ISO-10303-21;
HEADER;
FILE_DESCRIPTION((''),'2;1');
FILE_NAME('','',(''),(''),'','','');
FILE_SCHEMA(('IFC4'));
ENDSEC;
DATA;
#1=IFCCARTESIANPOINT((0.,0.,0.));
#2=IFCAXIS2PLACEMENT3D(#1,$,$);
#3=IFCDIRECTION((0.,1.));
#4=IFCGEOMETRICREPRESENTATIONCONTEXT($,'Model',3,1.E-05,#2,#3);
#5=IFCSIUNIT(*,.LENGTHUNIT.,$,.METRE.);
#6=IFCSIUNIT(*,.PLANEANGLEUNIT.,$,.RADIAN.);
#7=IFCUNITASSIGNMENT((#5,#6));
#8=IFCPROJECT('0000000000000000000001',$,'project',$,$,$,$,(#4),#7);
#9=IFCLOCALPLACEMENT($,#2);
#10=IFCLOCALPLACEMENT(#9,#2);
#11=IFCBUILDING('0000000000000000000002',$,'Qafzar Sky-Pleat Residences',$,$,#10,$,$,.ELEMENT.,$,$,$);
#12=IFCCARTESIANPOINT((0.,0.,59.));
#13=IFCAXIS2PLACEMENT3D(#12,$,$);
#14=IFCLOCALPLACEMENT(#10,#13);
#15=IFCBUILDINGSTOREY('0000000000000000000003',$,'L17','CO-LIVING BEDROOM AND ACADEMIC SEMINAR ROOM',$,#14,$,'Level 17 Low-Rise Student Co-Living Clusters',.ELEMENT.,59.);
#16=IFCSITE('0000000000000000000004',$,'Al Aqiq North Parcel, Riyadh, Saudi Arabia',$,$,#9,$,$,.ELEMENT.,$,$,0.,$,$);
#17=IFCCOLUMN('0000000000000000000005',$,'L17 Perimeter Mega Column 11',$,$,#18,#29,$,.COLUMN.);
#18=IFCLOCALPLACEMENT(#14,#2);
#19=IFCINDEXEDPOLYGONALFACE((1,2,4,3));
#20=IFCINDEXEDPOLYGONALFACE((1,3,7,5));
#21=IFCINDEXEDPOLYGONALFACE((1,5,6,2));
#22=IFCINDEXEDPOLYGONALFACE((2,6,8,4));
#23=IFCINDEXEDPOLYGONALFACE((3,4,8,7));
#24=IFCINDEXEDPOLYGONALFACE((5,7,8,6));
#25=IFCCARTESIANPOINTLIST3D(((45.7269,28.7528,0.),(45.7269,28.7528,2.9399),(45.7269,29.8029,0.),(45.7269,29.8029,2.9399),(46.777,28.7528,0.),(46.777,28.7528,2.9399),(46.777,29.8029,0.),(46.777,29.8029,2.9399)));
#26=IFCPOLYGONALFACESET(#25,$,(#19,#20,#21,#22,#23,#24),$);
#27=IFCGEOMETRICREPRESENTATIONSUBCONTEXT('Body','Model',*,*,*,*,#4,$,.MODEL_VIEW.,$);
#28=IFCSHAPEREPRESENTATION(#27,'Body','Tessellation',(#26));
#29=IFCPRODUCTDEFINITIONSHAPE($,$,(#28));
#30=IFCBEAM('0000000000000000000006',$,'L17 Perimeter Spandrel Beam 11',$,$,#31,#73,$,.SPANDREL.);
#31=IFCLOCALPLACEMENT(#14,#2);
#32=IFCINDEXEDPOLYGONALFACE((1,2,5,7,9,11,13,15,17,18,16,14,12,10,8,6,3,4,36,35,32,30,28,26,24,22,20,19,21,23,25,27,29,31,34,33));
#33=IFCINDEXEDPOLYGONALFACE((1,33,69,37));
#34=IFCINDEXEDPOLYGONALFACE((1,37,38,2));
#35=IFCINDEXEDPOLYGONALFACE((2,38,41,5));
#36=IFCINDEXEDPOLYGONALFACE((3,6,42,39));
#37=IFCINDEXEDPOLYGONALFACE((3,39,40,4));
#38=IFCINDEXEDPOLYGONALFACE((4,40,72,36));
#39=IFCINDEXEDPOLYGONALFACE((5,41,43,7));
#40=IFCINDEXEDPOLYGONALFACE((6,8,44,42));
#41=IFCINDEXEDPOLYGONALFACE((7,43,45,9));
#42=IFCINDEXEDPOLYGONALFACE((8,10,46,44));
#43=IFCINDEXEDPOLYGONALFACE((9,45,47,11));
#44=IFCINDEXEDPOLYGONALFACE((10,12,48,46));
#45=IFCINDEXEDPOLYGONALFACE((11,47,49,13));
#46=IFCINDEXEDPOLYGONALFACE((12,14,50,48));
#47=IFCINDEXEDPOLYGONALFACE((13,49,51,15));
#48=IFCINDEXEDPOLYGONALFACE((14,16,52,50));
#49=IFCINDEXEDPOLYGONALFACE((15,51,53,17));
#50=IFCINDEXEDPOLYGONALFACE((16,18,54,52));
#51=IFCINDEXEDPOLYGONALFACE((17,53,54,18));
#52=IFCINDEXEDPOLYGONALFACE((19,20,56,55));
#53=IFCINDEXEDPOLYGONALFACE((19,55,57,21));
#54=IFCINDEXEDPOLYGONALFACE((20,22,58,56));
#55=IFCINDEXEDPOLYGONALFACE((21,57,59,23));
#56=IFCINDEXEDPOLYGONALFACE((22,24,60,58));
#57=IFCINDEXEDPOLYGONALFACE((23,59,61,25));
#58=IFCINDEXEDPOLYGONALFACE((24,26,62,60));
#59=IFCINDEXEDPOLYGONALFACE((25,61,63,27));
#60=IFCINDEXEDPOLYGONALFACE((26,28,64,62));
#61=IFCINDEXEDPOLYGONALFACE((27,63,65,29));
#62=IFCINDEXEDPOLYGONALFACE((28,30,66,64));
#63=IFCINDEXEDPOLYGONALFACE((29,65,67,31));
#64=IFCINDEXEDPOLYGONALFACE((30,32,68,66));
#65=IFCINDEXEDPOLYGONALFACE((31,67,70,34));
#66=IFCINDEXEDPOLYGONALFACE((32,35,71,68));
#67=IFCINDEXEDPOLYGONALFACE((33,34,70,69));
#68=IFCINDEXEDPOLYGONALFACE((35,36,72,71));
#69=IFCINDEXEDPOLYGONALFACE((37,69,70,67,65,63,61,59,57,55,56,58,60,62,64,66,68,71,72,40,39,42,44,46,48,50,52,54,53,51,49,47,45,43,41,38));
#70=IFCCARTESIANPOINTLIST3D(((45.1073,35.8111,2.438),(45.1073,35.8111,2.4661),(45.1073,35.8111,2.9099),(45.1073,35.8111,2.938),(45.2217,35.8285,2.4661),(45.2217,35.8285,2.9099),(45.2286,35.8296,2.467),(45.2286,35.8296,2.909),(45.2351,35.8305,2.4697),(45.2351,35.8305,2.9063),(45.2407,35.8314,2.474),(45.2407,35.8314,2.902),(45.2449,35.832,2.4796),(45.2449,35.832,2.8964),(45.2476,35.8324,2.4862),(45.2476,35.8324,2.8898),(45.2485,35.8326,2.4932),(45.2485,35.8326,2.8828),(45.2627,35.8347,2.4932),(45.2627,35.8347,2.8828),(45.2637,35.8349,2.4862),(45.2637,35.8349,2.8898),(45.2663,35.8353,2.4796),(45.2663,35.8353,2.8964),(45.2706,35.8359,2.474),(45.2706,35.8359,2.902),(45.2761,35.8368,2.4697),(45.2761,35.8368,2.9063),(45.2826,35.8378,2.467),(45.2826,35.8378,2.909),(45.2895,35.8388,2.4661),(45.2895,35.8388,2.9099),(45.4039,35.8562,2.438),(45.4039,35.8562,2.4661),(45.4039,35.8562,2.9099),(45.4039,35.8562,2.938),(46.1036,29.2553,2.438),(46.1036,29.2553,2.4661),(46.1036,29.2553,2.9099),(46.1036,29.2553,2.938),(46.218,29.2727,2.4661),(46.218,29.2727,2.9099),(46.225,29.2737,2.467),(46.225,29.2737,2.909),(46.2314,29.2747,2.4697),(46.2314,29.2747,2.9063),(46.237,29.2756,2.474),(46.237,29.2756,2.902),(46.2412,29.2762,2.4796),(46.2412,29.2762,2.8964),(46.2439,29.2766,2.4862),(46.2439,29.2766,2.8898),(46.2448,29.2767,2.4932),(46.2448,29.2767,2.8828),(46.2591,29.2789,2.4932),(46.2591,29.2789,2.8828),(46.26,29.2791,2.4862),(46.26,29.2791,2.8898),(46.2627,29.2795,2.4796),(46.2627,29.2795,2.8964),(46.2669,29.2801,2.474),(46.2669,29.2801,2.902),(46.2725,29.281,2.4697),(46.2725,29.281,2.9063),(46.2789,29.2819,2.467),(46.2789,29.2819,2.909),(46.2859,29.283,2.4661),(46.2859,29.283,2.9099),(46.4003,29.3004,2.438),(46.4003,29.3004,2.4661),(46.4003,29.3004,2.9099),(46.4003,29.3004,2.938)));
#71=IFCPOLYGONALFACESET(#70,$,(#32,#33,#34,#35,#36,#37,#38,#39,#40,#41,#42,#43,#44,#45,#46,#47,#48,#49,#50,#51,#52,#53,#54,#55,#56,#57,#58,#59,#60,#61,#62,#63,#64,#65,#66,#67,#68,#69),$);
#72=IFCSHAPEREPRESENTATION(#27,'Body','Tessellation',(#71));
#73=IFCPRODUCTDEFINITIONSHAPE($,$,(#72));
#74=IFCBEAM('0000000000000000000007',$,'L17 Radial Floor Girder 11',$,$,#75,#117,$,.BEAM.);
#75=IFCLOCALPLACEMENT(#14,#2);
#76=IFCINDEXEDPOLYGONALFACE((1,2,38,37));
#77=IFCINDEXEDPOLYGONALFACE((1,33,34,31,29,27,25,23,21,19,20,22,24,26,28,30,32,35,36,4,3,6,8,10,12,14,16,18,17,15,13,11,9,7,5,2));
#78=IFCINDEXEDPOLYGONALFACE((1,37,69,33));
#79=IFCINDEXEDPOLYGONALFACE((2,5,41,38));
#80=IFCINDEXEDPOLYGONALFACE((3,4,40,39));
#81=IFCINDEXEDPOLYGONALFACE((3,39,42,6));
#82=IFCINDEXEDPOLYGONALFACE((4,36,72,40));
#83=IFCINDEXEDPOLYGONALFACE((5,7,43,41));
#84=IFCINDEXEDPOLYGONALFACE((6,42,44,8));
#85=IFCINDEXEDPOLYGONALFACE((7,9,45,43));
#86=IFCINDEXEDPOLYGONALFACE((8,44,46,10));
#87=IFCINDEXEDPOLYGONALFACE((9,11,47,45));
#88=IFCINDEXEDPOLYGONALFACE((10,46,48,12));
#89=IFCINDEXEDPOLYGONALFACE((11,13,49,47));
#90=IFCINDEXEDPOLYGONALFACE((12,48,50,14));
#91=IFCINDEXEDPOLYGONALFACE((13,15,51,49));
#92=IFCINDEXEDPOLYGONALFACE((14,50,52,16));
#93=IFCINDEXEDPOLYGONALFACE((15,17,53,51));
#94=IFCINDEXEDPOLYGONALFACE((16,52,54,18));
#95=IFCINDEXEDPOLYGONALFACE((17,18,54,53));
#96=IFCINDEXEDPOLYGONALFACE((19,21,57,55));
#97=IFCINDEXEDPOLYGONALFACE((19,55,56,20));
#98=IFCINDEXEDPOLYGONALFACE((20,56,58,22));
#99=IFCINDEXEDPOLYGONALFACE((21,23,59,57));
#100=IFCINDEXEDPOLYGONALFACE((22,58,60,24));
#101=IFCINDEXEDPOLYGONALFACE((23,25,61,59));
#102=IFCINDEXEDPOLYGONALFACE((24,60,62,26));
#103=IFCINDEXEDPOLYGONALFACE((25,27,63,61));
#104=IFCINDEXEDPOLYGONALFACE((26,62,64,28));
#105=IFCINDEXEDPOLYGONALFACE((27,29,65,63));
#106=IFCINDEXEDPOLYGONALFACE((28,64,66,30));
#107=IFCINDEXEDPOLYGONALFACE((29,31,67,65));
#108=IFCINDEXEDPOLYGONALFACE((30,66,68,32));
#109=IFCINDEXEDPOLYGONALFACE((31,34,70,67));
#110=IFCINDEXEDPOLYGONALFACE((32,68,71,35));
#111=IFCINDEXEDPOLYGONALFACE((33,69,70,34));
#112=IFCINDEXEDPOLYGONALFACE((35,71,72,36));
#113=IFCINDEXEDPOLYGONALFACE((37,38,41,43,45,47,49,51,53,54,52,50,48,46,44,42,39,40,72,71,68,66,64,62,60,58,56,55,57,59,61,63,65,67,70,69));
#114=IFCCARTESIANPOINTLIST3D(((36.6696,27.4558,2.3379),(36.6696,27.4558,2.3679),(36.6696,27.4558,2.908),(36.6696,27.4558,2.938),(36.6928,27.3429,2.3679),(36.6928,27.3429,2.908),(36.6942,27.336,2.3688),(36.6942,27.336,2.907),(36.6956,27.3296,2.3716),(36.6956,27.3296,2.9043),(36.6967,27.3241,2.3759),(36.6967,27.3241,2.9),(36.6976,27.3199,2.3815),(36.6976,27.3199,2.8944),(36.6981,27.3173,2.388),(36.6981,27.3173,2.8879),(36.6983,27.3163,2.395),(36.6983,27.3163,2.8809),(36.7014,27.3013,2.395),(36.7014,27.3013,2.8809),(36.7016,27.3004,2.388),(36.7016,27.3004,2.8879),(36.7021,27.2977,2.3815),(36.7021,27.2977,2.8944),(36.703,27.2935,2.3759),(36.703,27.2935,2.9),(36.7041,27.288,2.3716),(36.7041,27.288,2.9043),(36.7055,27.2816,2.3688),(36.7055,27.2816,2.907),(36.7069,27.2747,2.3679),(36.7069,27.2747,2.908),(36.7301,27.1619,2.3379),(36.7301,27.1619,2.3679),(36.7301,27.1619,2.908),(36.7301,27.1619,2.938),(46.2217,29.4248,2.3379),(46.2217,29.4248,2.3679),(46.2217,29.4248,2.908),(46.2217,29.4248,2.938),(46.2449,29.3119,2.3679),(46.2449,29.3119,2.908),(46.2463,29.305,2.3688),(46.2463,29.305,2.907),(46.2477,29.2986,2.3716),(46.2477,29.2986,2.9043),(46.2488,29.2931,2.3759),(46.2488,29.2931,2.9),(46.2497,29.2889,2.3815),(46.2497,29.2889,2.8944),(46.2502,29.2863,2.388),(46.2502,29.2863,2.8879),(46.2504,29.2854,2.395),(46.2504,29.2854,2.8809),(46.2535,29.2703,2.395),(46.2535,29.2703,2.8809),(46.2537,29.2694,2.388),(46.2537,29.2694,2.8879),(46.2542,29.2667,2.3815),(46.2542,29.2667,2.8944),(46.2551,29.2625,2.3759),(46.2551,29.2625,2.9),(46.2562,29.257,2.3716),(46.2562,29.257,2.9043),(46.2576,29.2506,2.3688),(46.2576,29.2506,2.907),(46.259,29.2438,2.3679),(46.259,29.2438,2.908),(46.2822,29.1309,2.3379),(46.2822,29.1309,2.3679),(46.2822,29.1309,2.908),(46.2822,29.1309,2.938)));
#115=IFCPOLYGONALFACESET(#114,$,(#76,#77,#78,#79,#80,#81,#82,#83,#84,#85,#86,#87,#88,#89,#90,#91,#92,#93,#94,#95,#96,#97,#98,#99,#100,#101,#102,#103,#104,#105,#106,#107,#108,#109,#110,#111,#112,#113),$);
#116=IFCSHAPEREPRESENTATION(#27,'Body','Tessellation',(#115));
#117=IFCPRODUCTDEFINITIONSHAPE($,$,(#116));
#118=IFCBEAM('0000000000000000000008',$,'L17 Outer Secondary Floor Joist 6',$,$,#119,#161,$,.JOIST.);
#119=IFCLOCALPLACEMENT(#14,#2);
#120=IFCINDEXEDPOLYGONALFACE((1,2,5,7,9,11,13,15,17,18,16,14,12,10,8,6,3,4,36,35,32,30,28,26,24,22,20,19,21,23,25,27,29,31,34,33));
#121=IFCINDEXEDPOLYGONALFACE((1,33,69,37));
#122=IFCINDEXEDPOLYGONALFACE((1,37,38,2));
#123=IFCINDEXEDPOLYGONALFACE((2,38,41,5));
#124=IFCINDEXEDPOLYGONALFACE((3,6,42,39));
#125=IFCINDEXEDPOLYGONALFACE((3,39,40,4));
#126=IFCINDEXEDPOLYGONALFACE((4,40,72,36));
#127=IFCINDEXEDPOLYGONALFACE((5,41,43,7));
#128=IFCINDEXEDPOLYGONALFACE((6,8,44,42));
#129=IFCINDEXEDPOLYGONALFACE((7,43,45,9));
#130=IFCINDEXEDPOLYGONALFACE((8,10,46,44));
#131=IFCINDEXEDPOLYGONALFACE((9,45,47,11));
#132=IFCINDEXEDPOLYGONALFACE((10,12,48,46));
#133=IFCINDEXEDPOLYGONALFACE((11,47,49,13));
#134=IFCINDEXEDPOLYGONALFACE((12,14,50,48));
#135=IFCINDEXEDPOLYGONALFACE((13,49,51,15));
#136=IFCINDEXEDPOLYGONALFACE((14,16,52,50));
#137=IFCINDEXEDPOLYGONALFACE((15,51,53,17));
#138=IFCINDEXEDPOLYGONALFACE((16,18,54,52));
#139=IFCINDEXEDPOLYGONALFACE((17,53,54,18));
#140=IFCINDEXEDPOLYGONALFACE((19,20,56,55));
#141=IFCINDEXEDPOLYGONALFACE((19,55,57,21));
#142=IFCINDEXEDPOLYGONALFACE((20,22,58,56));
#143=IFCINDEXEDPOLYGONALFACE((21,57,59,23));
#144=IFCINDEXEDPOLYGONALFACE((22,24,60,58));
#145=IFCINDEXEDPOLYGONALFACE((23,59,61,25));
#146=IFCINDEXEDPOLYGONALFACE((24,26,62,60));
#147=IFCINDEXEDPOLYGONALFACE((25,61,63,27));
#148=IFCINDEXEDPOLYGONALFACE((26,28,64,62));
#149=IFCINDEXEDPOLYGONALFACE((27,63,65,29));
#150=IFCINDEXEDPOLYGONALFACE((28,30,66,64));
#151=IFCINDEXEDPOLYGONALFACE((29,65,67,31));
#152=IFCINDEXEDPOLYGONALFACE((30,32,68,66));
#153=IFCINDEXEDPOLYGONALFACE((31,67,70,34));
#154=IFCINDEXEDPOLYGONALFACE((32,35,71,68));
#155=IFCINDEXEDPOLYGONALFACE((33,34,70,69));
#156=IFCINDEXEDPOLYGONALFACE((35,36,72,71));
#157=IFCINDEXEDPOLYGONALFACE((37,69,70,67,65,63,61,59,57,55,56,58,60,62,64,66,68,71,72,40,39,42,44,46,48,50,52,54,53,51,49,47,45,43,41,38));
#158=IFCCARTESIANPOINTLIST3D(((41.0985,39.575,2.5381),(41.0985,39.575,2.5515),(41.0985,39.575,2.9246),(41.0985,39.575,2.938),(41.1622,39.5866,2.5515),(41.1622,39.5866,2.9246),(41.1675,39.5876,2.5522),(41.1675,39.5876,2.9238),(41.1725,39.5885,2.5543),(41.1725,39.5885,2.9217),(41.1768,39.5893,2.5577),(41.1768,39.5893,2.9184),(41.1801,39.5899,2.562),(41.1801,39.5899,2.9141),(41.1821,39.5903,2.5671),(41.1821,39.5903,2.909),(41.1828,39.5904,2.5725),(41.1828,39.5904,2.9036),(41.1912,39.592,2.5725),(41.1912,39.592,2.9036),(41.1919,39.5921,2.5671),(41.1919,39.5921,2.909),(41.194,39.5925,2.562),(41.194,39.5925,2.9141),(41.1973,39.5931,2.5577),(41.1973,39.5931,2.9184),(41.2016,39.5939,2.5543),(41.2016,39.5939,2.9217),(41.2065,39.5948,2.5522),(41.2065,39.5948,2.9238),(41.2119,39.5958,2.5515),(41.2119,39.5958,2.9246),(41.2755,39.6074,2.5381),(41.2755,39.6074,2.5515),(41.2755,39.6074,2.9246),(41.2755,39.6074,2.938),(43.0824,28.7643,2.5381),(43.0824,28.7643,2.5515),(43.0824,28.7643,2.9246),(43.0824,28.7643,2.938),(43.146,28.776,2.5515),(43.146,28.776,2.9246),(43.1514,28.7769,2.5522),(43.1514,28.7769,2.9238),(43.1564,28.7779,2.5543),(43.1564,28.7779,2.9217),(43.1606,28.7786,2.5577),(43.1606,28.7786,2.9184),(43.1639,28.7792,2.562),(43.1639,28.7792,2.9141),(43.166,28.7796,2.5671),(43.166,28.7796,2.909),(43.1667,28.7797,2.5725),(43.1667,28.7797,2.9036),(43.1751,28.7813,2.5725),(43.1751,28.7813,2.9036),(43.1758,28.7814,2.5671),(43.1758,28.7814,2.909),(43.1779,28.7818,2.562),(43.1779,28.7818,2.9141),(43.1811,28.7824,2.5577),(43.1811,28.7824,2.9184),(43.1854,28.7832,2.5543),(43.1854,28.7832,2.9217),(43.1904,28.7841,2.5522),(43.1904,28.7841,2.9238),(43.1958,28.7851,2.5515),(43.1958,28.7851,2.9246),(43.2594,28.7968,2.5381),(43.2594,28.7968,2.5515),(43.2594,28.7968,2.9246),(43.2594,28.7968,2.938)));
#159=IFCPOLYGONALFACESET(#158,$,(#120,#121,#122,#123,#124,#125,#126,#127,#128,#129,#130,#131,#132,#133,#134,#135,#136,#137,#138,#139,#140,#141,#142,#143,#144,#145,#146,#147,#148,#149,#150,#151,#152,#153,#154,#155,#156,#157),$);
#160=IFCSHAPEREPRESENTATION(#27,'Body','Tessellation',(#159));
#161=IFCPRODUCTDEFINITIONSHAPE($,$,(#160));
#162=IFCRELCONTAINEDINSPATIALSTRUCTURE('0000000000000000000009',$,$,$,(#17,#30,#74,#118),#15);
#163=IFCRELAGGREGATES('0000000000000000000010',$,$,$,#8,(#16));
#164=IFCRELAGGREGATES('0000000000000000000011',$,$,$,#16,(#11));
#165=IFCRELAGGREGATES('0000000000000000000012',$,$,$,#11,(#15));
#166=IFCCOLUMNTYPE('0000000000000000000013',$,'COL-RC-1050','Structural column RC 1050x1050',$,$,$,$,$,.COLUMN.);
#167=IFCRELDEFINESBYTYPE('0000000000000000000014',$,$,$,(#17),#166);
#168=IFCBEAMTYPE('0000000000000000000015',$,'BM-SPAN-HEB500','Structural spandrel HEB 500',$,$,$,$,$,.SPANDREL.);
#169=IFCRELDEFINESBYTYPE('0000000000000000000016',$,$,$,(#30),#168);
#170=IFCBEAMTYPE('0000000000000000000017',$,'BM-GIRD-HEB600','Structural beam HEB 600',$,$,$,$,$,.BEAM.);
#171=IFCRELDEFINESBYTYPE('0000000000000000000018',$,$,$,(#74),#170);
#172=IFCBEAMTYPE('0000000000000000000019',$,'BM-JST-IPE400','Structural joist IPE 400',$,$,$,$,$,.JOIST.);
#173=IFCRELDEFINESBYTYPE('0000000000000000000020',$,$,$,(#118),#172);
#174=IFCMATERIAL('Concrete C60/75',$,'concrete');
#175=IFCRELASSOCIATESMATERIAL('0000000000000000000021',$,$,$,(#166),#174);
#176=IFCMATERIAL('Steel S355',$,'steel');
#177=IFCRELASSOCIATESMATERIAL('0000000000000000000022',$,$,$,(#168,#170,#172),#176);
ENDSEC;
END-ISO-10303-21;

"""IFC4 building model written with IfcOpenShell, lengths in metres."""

from ifc_helpers import new_model, si_unit, direction, frame, origin, origin_2d, place, context, subcontext, project, spatial, rectangle, i_section, extrude, source, transform, mapped, material, material_profile, profile_set, type_object, element, save


model = new_model("IFC4")

# Units and contexts
model_context = context("Model", 3, precision=1e-05, world=origin(), true_north=direction((0.0, 1.0)))
body_context = subcontext(model_context, "Body", "Model", "MODEL_VIEW")
ifc_project = project(units=[si_unit("LENGTHUNIT", "METRE"), si_unit("PLANEANGLEUNIT", "RADIAN")], contexts=[model_context])

# Site, building, storey
site_placement = place(None, origin())
site = spatial("IfcSite", under=ifc_project, at=site_placement, Name="Al Aqiq North Parcel, Riyadh, Saudi Arabia", CompositionType="ELEMENT", RefElevation=0.0)
building_placement = place(site_placement, origin())
building = spatial("IfcBuilding", under=site, at=building_placement, Name="Qafzar Sky-Pleat Residences", CompositionType="ELEMENT")
storey_placement = place(building_placement, frame((0.0, 0.0, 59.0)))
storey = spatial("IfcBuildingStorey", under=building, at=storey_placement, Name="L17", Description="CO-LIVING BEDROOM AND ACADEMIC SEMINAR ROOM", LongName="Level 17 Low-Rise Student Co-Living Clusters", CompositionType="ELEMENT", Elevation=59.0)

# Column
ifc_material_1 = material(Name="Concrete C60/75", Category="concrete")
ifc_material_profile_1 = material_profile(ifc_material_1, rectangle(XDim=1.05, YDim=1.05, at=origin_2d()), Name="RC 1050x1050")
ifc_profile_set_1 = profile_set([ifc_material_profile_1], Name="Concrete C60/75")
column_type = type_object("IfcColumnType", Name="COL-RC-1050", Description="Structural column RC 1050x1050", PredefinedType="COLUMN", material=ifc_profile_set_1)
shared_shape_1 = source(origin(), body_context, "Body", "SweptSolid", [
    extrude(rectangle(XDim=1.05, YDim=1.05, at=origin_2d()), origin(), (0.0, 0.0, 1.0), 2.9399),
])
column_placement = place(storey_placement, frame((46.252, 29.2778, 0.0), z_axis=(0.0, 0.0, 1.0), x_axis=(1.0, 0.0, 0.0)))
element("IfcColumn", 1, at=column_placement, inside=storey, type_object=column_type, Name="L17 Perimeter Mega Column 11", PredefinedType="COLUMN", context=body_context, shape_type="MappedRepresentation", body=[
    mapped(shared_shape_1, transform((0.0, 0.0, 0.0), x_axis=(1.0, 0.0, 0.0), y_axis=(0.0, 1.0, 0.0), z_axis=(0.0, 0.0, 1.0), scale=1.0)),
])

# Beams
ifc_material_2 = material(Name="Steel S355", Category="steel")
ifc_material_profile_2 = material_profile(ifc_material_2, i_section(OverallWidth=0.3, OverallDepth=0.5, WebThickness=0.0144, FlangeThickness=0.0281, FilletRadius=0.0271, at=origin_2d()), Name="HEB 500")
ifc_profile_set_2 = profile_set([ifc_material_profile_2], Name="Steel S355")
beam_type_1 = type_object("IfcBeamType", Name="BM-SPAN-HEB500", Description="Structural spandrel HEB 500", PredefinedType="SPANDREL", material=ifc_profile_set_2)
shared_shape_2 = source(origin(), body_context, "Body", "SweptSolid", [
    extrude(i_section(OverallWidth=0.3, OverallDepth=0.5, WebThickness=0.0144, FlangeThickness=0.0281, FilletRadius=0.0271, at=origin_2d()), origin(), (0.0, 0.0, 1.0), 6.6311),
])
beam_1_placement = place(storey_placement, frame((46.252, 29.2778, 2.688), z_axis=(-0.15025, 0.988648, 0.0), x_axis=(-0.988648, -0.15025, 0.0)))
element("IfcBeam", 2, at=beam_1_placement, inside=storey, type_object=beam_type_1, Name="L17 Perimeter Spandrel Beam 11", PredefinedType="SPANDREL", context=body_context, shape_type="MappedRepresentation", body=[
    mapped(shared_shape_2, transform((0.0, 0.0, 0.0), x_axis=(1.0, 0.0, 0.0), y_axis=(0.0, 1.0, 0.0), z_axis=(0.0, 0.0, 1.0), scale=1.0)),
])
ifc_material_profile_3 = material_profile(ifc_material_2, i_section(OverallWidth=0.3, OverallDepth=0.6001, WebThickness=0.0154, FlangeThickness=0.03, FilletRadius=0.0271, at=origin_2d()), Name="HEB 600")
ifc_profile_set_3 = profile_set([ifc_material_profile_3], Name="Steel S355")
beam_type_2 = type_object("IfcBeamType", Name="BM-GIRD-HEB600", Description="Structural beam HEB 600", PredefinedType="BEAM", material=ifc_profile_set_3)
shared_shape_3 = source(origin(), body_context, "Body", "SweptSolid", [
    extrude(i_section(OverallWidth=0.3, OverallDepth=0.6001, WebThickness=0.0154, FlangeThickness=0.03, FilletRadius=0.0271, at=origin_2d()), origin(), (0.0, 0.0, 1.0), 9.7529),
])
beam_2_placement = place(storey_placement, frame((46.252, 29.2778, 2.6379), z_axis=(-0.979408, -0.20189, 0.0), x_axis=(0.20189, -0.979408, 0.0)))
element("IfcBeam", 3, at=beam_2_placement, inside=storey, type_object=beam_type_2, Name="L17 Radial Floor Girder 11", PredefinedType="BEAM", context=body_context, shape_type="MappedRepresentation", body=[
    mapped(shared_shape_3, transform((0.0, 0.0, 0.0), x_axis=(1.0, 0.0, 0.0), y_axis=(0.0, 1.0, 0.0), z_axis=(0.0, 0.0, 1.0), scale=1.0)),
])
ifc_material_profile_4 = material_profile(ifc_material_2, i_section(OverallWidth=0.1799, OverallDepth=0.3999, WebThickness=0.0085, FlangeThickness=0.0134, FilletRadius=0.021, at=origin_2d()), Name="IPE 400")
ifc_profile_set_4 = profile_set([ifc_material_profile_4], Name="Steel S355")
beam_type_3 = type_object("IfcBeamType", Name="BM-JST-IPE400", Description="Structural joist IPE 400", PredefinedType="JOIST", material=ifc_profile_set_4)
shared_shape_4 = source(origin(), body_context, "Body", "SweptSolid", [
    extrude(i_section(OverallWidth=0.1799, OverallDepth=0.3999, WebThickness=0.0085, FlangeThickness=0.0134, FilletRadius=0.021, at=origin_2d()), origin(), (0.0, 0.0, 1.0), 10.9912),
])
beam_3_placement = place(storey_placement, frame((43.1709, 28.7805, 2.738), z_axis=(-0.180496, 0.983576, 0.0), x_axis=(-0.983576, -0.180496, 0.0)))
element("IfcBeam", 4, at=beam_3_placement, inside=storey, type_object=beam_type_3, Name="L17 Outer Secondary Floor Joist 6", PredefinedType="JOIST", context=body_context, shape_type="MappedRepresentation", body=[
    mapped(shared_shape_4, transform((0.0, 0.0, 0.0), x_axis=(1.0, 0.0, 0.0), y_axis=(0.0, 1.0, 0.0), z_axis=(0.0, 0.0, 1.0), scale=1.0)),
])

save(model, "model.ifc")
